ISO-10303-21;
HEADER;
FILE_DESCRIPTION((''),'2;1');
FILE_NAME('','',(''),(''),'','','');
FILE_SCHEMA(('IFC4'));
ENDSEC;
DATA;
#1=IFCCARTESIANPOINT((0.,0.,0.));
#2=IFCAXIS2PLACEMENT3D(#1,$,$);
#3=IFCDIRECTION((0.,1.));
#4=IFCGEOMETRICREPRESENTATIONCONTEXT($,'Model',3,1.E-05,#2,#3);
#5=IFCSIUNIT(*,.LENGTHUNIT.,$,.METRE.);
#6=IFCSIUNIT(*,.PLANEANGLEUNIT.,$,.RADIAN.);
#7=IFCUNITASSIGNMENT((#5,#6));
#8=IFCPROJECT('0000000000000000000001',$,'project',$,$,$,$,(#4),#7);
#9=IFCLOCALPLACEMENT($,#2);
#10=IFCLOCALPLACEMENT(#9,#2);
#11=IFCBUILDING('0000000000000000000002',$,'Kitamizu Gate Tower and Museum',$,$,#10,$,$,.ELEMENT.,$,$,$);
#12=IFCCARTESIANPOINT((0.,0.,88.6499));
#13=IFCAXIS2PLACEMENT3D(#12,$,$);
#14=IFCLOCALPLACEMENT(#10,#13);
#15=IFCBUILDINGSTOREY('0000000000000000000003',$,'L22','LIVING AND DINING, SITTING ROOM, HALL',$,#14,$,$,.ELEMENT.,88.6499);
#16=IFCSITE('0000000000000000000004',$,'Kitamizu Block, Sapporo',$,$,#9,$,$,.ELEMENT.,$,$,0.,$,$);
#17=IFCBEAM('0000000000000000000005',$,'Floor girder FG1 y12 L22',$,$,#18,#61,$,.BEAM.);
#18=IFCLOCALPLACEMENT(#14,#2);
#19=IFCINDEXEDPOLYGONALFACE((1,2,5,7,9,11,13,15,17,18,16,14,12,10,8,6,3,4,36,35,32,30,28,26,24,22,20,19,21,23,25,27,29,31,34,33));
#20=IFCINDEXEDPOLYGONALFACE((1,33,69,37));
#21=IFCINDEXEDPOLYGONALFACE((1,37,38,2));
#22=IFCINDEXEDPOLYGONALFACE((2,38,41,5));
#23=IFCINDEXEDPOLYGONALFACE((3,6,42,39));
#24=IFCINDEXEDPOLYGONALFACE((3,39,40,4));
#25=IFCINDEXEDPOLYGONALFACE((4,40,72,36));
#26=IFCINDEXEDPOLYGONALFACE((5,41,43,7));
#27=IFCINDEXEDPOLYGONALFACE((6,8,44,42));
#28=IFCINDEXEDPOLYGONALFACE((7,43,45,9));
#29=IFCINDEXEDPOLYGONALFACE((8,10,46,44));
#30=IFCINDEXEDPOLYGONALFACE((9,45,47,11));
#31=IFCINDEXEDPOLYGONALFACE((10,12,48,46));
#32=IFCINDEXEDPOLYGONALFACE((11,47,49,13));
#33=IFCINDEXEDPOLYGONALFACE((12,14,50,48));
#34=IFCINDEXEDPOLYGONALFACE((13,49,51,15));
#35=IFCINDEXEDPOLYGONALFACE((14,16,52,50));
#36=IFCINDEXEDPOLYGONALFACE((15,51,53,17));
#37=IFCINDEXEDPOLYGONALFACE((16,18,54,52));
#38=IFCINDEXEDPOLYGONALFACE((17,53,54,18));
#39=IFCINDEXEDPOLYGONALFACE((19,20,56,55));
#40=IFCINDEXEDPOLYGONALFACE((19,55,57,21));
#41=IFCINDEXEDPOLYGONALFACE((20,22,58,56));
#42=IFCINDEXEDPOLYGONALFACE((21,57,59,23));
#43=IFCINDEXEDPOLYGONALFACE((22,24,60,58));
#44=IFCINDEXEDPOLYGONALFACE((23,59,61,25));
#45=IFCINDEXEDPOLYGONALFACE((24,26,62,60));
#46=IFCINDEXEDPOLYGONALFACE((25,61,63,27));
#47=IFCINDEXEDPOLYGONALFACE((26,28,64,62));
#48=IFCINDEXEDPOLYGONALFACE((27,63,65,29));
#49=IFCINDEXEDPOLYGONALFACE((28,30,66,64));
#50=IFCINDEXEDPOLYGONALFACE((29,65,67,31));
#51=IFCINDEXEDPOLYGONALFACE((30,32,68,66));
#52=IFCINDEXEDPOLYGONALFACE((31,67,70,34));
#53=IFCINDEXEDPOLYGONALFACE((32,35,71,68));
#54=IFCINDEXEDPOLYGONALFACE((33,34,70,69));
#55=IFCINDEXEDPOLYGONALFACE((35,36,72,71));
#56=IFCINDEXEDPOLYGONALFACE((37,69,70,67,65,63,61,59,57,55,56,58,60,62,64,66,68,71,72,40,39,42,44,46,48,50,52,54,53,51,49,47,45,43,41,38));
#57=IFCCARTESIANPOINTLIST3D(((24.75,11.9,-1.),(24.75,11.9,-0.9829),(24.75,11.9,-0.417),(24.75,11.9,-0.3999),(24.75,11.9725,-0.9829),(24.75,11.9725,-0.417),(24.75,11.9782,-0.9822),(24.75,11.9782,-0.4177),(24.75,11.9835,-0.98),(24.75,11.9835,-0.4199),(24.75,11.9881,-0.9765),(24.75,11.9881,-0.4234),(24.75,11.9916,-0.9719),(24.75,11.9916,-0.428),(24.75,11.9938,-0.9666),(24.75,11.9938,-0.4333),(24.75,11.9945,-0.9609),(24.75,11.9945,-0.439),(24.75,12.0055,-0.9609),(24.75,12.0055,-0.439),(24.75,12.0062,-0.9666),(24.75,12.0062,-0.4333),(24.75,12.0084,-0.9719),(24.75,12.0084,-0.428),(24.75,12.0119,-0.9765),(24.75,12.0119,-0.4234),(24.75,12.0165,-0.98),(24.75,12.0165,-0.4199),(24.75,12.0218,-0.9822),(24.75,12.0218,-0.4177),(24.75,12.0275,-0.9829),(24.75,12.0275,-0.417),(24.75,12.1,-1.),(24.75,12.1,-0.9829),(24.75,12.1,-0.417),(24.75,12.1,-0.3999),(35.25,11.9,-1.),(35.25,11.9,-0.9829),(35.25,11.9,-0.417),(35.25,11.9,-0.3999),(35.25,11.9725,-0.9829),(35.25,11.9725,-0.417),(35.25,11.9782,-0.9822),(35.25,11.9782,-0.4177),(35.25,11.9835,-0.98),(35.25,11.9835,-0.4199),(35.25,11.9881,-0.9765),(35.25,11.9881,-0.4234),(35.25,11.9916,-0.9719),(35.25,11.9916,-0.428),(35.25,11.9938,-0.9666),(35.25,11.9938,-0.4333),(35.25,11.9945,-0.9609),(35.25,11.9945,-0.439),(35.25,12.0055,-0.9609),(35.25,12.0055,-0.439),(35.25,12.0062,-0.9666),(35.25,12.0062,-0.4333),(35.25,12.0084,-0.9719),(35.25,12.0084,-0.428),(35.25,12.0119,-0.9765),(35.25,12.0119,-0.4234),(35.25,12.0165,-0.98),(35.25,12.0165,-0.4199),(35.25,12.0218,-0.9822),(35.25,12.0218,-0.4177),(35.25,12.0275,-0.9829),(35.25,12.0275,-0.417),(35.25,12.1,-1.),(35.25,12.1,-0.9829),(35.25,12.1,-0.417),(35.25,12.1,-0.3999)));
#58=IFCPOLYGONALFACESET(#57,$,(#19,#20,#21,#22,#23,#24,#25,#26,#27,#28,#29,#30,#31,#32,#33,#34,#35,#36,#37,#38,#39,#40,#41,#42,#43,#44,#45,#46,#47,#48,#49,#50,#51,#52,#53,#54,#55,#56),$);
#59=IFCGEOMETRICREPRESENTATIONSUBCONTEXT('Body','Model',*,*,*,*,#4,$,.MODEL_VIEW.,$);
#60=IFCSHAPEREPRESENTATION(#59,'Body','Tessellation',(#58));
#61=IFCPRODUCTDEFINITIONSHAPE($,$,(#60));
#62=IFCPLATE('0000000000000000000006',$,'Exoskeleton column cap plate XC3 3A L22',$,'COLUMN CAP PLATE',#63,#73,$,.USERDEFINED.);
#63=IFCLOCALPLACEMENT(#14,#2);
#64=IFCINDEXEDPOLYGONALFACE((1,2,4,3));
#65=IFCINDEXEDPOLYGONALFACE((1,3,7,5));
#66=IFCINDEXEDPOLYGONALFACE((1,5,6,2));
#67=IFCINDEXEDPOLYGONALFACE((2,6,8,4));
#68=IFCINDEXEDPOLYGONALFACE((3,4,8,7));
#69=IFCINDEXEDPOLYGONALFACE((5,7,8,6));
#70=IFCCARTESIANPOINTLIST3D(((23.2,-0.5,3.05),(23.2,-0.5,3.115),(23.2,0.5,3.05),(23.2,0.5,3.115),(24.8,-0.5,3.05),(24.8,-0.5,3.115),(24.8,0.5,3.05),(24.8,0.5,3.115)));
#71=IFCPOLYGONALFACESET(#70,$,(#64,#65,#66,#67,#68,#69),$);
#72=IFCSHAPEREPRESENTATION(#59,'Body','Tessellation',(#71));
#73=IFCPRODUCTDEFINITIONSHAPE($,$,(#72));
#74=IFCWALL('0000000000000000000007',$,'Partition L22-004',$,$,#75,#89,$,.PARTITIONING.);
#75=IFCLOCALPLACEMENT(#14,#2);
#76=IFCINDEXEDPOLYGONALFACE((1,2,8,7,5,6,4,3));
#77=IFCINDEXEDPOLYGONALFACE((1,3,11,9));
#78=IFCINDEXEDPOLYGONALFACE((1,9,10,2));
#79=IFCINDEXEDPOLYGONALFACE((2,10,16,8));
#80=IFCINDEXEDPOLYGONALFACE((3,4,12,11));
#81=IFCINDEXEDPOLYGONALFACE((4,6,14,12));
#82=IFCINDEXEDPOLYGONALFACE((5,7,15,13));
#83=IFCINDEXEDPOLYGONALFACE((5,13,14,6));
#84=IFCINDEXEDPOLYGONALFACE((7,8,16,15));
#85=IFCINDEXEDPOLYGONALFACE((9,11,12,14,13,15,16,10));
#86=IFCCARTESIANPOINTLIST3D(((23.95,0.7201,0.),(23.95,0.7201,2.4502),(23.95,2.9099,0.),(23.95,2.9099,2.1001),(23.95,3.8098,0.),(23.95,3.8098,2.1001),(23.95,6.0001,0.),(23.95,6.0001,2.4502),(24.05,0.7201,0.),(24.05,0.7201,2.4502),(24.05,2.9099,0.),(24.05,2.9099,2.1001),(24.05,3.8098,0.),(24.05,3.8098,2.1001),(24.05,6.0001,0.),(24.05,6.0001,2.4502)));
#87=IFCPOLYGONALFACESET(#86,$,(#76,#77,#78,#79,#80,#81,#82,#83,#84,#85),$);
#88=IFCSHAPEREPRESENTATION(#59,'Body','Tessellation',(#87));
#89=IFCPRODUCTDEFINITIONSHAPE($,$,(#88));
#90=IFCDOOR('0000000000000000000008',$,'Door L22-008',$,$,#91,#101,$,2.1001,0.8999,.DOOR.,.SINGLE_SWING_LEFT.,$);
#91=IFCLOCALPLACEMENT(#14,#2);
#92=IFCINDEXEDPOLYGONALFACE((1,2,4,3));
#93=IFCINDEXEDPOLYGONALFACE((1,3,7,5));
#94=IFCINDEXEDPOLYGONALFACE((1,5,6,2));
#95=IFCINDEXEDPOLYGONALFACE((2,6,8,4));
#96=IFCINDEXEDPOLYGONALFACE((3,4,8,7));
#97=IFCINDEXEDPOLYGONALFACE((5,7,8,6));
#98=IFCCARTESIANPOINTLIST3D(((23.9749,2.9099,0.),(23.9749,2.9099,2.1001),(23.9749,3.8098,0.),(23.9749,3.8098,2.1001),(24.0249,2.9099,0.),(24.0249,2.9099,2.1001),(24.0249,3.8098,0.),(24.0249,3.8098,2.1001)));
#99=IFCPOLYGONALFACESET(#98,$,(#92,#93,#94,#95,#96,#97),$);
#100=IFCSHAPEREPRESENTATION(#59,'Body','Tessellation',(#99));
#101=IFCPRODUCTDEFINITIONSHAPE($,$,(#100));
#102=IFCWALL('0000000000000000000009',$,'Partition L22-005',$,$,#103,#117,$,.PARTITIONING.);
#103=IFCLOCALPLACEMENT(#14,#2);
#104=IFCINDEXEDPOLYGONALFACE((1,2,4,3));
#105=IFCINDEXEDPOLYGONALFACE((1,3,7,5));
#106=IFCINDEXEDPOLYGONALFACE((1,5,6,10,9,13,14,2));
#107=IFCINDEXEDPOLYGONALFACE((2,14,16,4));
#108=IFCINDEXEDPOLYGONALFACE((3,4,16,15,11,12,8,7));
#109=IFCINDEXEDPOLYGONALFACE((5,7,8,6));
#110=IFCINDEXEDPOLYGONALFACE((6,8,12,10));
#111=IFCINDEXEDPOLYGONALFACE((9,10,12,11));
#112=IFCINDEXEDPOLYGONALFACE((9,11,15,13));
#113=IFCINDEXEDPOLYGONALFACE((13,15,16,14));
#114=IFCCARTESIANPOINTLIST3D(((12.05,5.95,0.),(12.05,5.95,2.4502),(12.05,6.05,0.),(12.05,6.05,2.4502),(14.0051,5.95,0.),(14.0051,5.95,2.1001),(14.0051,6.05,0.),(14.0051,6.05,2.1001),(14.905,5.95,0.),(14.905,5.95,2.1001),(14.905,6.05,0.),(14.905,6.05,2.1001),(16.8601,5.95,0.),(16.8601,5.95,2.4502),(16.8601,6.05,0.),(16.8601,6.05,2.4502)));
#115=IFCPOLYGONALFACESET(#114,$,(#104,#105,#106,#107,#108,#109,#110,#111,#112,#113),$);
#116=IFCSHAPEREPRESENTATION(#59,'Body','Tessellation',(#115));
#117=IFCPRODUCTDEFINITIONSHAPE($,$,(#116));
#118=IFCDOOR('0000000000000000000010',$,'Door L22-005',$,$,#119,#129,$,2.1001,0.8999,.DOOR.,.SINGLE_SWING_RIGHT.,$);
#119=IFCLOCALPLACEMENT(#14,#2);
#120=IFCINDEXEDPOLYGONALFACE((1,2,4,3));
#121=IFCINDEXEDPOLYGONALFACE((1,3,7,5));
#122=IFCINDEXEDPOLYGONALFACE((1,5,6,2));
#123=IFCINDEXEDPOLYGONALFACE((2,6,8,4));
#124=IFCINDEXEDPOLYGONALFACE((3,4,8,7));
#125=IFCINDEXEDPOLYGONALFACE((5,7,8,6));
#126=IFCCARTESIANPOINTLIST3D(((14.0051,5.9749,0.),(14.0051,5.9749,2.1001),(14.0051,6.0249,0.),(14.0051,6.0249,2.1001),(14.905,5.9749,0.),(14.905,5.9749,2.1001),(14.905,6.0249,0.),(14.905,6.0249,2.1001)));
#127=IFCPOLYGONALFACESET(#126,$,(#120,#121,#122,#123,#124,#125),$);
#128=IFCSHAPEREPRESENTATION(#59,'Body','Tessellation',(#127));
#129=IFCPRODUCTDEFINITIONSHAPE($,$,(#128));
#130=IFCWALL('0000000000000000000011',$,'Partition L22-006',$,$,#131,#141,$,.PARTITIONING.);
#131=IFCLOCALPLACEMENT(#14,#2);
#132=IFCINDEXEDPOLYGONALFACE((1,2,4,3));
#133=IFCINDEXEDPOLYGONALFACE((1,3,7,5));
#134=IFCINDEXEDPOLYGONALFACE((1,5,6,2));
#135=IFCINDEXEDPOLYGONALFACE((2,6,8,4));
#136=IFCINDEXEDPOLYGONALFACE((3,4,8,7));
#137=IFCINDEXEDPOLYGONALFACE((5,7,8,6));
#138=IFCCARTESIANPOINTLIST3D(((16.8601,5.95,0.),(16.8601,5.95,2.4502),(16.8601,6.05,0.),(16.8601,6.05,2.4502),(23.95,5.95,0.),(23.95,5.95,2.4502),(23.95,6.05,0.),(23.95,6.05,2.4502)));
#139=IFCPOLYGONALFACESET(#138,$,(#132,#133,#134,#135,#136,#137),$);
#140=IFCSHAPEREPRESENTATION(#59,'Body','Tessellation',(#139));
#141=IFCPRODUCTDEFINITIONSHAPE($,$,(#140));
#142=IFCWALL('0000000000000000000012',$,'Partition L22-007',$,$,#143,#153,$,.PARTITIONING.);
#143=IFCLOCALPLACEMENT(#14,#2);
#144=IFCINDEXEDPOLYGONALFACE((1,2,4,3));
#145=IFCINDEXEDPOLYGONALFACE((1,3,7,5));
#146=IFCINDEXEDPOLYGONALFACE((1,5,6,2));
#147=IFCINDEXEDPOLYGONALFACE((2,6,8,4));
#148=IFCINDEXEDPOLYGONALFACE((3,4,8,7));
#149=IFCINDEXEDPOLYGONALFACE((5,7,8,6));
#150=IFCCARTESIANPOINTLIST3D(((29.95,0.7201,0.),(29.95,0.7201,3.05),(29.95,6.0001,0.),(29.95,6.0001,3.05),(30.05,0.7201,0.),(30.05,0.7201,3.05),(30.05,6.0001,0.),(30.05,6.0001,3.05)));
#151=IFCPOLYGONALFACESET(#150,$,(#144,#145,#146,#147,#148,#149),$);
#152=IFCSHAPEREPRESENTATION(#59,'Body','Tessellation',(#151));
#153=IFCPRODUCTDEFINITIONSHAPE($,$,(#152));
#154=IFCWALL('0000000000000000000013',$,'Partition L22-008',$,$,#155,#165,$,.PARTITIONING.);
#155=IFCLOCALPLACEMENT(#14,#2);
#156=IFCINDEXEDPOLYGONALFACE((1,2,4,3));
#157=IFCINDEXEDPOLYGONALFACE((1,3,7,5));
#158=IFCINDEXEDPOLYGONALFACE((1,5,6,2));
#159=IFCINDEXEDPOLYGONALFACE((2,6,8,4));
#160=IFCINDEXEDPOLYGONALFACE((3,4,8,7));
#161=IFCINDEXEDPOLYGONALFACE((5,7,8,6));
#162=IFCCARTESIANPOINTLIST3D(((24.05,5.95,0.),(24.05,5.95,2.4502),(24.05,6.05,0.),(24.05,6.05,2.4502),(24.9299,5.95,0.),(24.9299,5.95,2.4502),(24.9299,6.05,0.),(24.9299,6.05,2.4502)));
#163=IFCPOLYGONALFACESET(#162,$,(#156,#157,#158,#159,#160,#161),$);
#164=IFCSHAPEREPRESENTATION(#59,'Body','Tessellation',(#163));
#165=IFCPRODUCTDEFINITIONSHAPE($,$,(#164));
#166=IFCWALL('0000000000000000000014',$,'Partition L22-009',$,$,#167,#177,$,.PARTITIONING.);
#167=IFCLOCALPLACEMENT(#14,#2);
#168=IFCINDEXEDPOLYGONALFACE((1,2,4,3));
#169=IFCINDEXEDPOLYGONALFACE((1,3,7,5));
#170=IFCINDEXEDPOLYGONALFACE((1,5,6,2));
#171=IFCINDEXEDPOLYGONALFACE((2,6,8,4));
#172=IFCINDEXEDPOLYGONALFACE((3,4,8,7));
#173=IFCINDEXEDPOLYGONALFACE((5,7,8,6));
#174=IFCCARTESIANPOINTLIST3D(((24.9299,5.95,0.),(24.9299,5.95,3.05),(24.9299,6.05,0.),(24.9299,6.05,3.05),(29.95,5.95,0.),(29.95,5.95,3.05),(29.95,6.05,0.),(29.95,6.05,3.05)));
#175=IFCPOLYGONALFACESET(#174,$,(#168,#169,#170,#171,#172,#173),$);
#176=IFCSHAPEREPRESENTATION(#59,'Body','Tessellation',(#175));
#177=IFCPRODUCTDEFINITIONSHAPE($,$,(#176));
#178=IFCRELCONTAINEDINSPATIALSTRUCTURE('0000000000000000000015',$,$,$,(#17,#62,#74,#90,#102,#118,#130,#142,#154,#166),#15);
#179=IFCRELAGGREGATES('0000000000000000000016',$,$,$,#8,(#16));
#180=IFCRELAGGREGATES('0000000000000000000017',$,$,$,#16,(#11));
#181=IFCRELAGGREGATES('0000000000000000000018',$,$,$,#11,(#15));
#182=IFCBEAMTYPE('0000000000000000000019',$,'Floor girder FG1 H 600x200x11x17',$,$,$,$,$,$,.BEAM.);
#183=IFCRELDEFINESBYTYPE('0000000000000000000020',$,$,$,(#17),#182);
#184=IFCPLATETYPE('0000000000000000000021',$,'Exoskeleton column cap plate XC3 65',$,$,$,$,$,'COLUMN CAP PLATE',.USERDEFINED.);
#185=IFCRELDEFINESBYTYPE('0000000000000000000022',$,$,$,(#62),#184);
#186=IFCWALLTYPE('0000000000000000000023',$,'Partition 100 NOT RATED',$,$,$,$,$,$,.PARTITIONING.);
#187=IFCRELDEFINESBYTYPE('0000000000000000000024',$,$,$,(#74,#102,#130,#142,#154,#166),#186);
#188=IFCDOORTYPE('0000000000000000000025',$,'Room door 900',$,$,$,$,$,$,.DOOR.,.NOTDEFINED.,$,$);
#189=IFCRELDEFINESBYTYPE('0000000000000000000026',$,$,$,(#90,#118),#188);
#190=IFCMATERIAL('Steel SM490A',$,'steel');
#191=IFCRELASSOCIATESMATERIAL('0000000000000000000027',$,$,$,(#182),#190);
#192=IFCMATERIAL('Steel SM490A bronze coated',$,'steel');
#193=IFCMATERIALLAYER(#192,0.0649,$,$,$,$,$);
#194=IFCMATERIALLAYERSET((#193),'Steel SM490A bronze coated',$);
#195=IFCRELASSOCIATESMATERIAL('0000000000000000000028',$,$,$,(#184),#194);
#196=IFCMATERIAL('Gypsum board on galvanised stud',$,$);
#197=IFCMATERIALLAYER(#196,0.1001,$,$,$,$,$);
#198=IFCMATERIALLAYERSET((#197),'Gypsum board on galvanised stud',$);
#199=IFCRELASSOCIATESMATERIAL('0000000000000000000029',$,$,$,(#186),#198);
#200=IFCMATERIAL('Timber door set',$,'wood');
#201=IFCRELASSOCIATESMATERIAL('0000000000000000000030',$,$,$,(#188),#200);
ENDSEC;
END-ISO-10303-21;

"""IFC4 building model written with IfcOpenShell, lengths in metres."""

from ifc_helpers import new_model, si_unit, direction, frame, frame_2d, origin, origin_2d, place, context, subcontext, project, spatial, rectangle, i_section, extrude, material, layer, layer_set, material_profile, profile_set, type_object, element, fill, save


model = new_model("IFC4")

# Units and contexts
model_context = context("Model", 3, precision=1e-05, world=origin(), true_north=direction((0.0, 1.0)))
body_context = subcontext(model_context, "Body", "Model", "MODEL_VIEW")
ifc_project = project(units=[si_unit("LENGTHUNIT", "METRE"), si_unit("PLANEANGLEUNIT", "RADIAN")], contexts=[model_context])

# Site, building, storey
site_placement = place(None, origin())
site = spatial("IfcSite", under=ifc_project, at=site_placement, Name="Kitamizu Block, Sapporo", CompositionType="ELEMENT", RefElevation=0.0)
building_placement = place(site_placement, origin())
building = spatial("IfcBuilding", under=site, at=building_placement, Name="Kitamizu Gate Tower and Museum", CompositionType="ELEMENT")
storey_placement = place(building_placement, frame((0.0, 0.0, 88.6499)))
storey = spatial("IfcBuildingStorey", under=building, at=storey_placement, Name="L22", Description="LIVING AND DINING, SITTING ROOM, HALL", CompositionType="ELEMENT", Elevation=88.6499)

# Beam
ifc_material_1 = material(Name="Steel SM490A", Category="steel")
ifc_material_profile_1 = material_profile(ifc_material_1, i_section(OverallWidth=0.2, OverallDepth=0.6001, WebThickness=0.011, FlangeThickness=0.0171, FilletRadius=0.022, at=origin_2d()), Name="H-600x200x11x17")
ifc_profile_set_1 = profile_set([ifc_material_profile_1], Name="Steel SM490A")
beam_type_1 = type_object("IfcBeamType", Name="Floor girder FG1 H 600x200x11x17", PredefinedType="BEAM", material=ifc_profile_set_1)
beam_1_placement = place(storey_placement, frame((24.75, 12.0, -0.7), z_axis=(1.0, 0.0, 0.0), x_axis=(0.0, 1.0, 0.0)))
element("IfcBeam", 1, at=beam_1_placement, inside=storey, type_object=beam_type_1, Name="Floor girder FG1 y12 L22", PredefinedType="BEAM", context=body_context, shape_type="SweptSolid", body=[
    extrude(i_section(OverallWidth=0.2, OverallDepth=0.6001, WebThickness=0.011, FlangeThickness=0.0171, FilletRadius=0.022, at=origin_2d()), origin(), (0.0, 0.0, 1.0), 10.5),
])

# Plate
ifc_material_2 = material(Name="Steel SM490A bronze coated", Category="steel")
ifc_layer_1 = layer(ifc_material_2, 0.0649)
ifc_layer_set_1 = layer_set([ifc_layer_1], Name="Steel SM490A bronze coated")
plate_type = type_object("IfcPlateType", Name="Exoskeleton column cap plate XC3 65", ElementType="COLUMN CAP PLATE", PredefinedType="USERDEFINED", material=ifc_layer_set_1)
plate_placement = place(storey_placement, frame((24.0, 0.0, 3.05), z_axis=(0.0, 0.0, 1.0), x_axis=(1.0, 0.0, 0.0)))
element("IfcPlate", 2, at=plate_placement, inside=storey, type_object=plate_type, Name="Exoskeleton column cap plate XC3 3A L22", ObjectType="COLUMN CAP PLATE", PredefinedType="USERDEFINED", context=body_context, shape_type="SweptSolid", body=[
    extrude(rectangle(XDim=1.6001, YDim=1.0, at=origin_2d()), origin(), (0.0, 0.0, 1.0), 0.0649),
])

# Walls, openings, doors
ifc_material_3 = material(Name="Gypsum board on galvanised stud")
ifc_layer_2 = layer(ifc_material_3, 0.1001)
ifc_layer_set_2 = layer_set([ifc_layer_2], Name="Gypsum board on galvanised stud")
wall_type_1 = type_object("IfcWallType", Name="Partition 100 NOT RATED", PredefinedType="PARTITIONING", material=ifc_layer_set_2)
wall_1_placement = place(storey_placement, frame((24.0, 0.72, 0.0), z_axis=(0.0, 0.0, 1.0), x_axis=(0.0, 1.0, 0.0)))
wall_1 = element("IfcWall", 3, at=wall_1_placement, inside=storey, type_object=wall_type_1, Name="Partition L22-004", PredefinedType="PARTITIONING", context=body_context, shape_type="SweptSolid", body=[
    extrude(rectangle(XDim=5.28, YDim=0.1001, at=frame_2d((2.6401, 0.0))), origin(), (0.0, 0.0, 1.0), 2.4502),
])
opening_1_placement = place(wall_1_placement, frame((2.1899, 0.0, 0.0)))
opening_1 = element("IfcOpeningElement", 4, at=opening_1_placement, cuts=wall_1, PredefinedType="OPENING", context=body_context, shape_type="SweptSolid", body=[
    extrude(rectangle(XDim=0.8999, YDim=2.1001, at=frame_2d((0.45, 1.05))), frame((0.0, 0.0601, 0.0), z_axis=(0.0, -1.0, 0.0), x_axis=(1.0, 0.0, 0.0)), (0.0, 0.0, 1.0), 0.1201),
])
ifc_material_4 = material(Name="Timber door set", Category="wood")
door_type_1 = type_object("IfcDoorType", Name="Room door 900", OperationType="NOTDEFINED", PredefinedType="DOOR", material=ifc_material_4)
door_1_placement = place(opening_1_placement, frame((0.8999, 0.0, 0.0), x_axis=(-1.0, 0.0, 0.0)))
door_1 = element("IfcDoor", 5, at=door_1_placement, inside=storey, type_object=door_type_1, Name="Door L22-008", OperationType="SINGLE_SWING_LEFT", OverallHeight=2.1001, OverallWidth=0.8999, PredefinedType="DOOR", context=body_context, shape_type="SweptSolid", body=[
    extrude(rectangle(XDim=0.8999, YDim=2.1001, at=frame_2d((0.45, 1.05))), frame((0.0, 0.0249, 0.0), z_axis=(0.0, -1.0, 0.0), x_axis=(1.0, 0.0, 0.0)), (0.0, 0.0, 1.0), 0.05),
])
fill(opening_1, door_1)
wall_2_placement = place(storey_placement, frame((16.8601, 6.0, 0.0), z_axis=(0.0, 0.0, 1.0), x_axis=(-1.0, 0.0, 0.0)))
wall_2 = element("IfcWall", 6, at=wall_2_placement, inside=storey, type_object=wall_type_1, Name="Partition L22-005", PredefinedType="PARTITIONING", context=body_context, shape_type="SweptSolid", body=[
    extrude(rectangle(XDim=4.8101, YDim=0.1001, at=frame_2d((2.405, 0.0))), origin(), (0.0, 0.0, 1.0), 2.4502),
])
opening_2_placement = place(wall_2_placement, frame((1.9551, 0.0, 0.0)))
opening_2 = element("IfcOpeningElement", 7, at=opening_2_placement, cuts=wall_2, PredefinedType="OPENING", context=body_context, shape_type="SweptSolid", body=[
    extrude(rectangle(XDim=0.8999, YDim=2.1001, at=frame_2d((0.45, 1.05))), frame((0.0, 0.0601, 0.0), z_axis=(0.0, -1.0, 0.0), x_axis=(1.0, 0.0, 0.0)), (0.0, 0.0, 1.0), 0.1201),
])
door_2_placement = place(opening_2_placement, frame((0.8999, 0.0, 0.0), x_axis=(-1.0, 0.0, 0.0)))
door_2 = element("IfcDoor", 8, at=door_2_placement, inside=storey, type_object=door_type_1, Name="Door L22-005", OperationType="SINGLE_SWING_RIGHT", OverallHeight=2.1001, OverallWidth=0.8999, PredefinedType="DOOR", context=body_context, shape_type="SweptSolid", body=[
    extrude(rectangle(XDim=0.8999, YDim=2.1001, at=frame_2d((0.45, 1.05))), frame((0.0, 0.0249, 0.0), z_axis=(0.0, -1.0, 0.0), x_axis=(1.0, 0.0, 0.0)), (0.0, 0.0, 1.0), 0.05),
])
fill(opening_2, door_2)

# Walls
wall_3_placement = place(storey_placement, frame((23.95, 6.0, 0.0), z_axis=(0.0, 0.0, 1.0), x_axis=(-1.0, 0.0, 0.0)))
element("IfcWall", 9, at=wall_3_placement, inside=storey, type_object=wall_type_1, Name="Partition L22-006", PredefinedType="PARTITIONING", context=body_context, shape_type="SweptSolid", body=[
    extrude(rectangle(XDim=7.0898, YDim=0.1001, at=frame_2d((3.5449, 0.0))), origin(), (0.0, 0.0, 1.0), 2.4502),
])
wall_4_placement = place(storey_placement, frame((30.0, 0.72, 0.0), z_axis=(0.0, 0.0, 1.0), x_axis=(0.0, 1.0, 0.0)))
element("IfcWall", 10, at=wall_4_placement, inside=storey, type_object=wall_type_1, Name="Partition L22-007", PredefinedType="PARTITIONING", context=body_context, shape_type="SweptSolid", body=[
    extrude(rectangle(XDim=5.28, YDim=0.1001, at=frame_2d((2.6401, 0.0))), origin(), (0.0, 0.0, 1.0), 3.05),
])
wall_5_placement = place(storey_placement, frame((24.9299, 6.0, 0.0), z_axis=(0.0, 0.0, 1.0), x_axis=(-1.0, 0.0, 0.0)))
element("IfcWall", 11, at=wall_5_placement, inside=storey, type_object=wall_type_1, Name="Partition L22-008", PredefinedType="PARTITIONING", context=body_context, shape_type="SweptSolid", body=[
    extrude(rectangle(XDim=0.8799, YDim=0.1001, at=frame_2d((0.4399, 0.0))), origin(), (0.0, 0.0, 1.0), 2.4502),
])
wall_6_placement = place(storey_placement, frame((29.95, 6.0, 0.0), z_axis=(0.0, 0.0, 1.0), x_axis=(-1.0, 0.0, 0.0)))
element("IfcWall", 12, at=wall_6_placement, inside=storey, type_object=wall_type_1, Name="Partition L22-009", PredefinedType="PARTITIONING", context=body_context, shape_type="SweptSolid", body=[
    extrude(rectangle(XDim=5.02, YDim=0.1001, at=frame_2d((2.51, 0.0))), origin(), (0.0, 0.0, 1.0), 3.05),
])

save(model, "model.ifc")
